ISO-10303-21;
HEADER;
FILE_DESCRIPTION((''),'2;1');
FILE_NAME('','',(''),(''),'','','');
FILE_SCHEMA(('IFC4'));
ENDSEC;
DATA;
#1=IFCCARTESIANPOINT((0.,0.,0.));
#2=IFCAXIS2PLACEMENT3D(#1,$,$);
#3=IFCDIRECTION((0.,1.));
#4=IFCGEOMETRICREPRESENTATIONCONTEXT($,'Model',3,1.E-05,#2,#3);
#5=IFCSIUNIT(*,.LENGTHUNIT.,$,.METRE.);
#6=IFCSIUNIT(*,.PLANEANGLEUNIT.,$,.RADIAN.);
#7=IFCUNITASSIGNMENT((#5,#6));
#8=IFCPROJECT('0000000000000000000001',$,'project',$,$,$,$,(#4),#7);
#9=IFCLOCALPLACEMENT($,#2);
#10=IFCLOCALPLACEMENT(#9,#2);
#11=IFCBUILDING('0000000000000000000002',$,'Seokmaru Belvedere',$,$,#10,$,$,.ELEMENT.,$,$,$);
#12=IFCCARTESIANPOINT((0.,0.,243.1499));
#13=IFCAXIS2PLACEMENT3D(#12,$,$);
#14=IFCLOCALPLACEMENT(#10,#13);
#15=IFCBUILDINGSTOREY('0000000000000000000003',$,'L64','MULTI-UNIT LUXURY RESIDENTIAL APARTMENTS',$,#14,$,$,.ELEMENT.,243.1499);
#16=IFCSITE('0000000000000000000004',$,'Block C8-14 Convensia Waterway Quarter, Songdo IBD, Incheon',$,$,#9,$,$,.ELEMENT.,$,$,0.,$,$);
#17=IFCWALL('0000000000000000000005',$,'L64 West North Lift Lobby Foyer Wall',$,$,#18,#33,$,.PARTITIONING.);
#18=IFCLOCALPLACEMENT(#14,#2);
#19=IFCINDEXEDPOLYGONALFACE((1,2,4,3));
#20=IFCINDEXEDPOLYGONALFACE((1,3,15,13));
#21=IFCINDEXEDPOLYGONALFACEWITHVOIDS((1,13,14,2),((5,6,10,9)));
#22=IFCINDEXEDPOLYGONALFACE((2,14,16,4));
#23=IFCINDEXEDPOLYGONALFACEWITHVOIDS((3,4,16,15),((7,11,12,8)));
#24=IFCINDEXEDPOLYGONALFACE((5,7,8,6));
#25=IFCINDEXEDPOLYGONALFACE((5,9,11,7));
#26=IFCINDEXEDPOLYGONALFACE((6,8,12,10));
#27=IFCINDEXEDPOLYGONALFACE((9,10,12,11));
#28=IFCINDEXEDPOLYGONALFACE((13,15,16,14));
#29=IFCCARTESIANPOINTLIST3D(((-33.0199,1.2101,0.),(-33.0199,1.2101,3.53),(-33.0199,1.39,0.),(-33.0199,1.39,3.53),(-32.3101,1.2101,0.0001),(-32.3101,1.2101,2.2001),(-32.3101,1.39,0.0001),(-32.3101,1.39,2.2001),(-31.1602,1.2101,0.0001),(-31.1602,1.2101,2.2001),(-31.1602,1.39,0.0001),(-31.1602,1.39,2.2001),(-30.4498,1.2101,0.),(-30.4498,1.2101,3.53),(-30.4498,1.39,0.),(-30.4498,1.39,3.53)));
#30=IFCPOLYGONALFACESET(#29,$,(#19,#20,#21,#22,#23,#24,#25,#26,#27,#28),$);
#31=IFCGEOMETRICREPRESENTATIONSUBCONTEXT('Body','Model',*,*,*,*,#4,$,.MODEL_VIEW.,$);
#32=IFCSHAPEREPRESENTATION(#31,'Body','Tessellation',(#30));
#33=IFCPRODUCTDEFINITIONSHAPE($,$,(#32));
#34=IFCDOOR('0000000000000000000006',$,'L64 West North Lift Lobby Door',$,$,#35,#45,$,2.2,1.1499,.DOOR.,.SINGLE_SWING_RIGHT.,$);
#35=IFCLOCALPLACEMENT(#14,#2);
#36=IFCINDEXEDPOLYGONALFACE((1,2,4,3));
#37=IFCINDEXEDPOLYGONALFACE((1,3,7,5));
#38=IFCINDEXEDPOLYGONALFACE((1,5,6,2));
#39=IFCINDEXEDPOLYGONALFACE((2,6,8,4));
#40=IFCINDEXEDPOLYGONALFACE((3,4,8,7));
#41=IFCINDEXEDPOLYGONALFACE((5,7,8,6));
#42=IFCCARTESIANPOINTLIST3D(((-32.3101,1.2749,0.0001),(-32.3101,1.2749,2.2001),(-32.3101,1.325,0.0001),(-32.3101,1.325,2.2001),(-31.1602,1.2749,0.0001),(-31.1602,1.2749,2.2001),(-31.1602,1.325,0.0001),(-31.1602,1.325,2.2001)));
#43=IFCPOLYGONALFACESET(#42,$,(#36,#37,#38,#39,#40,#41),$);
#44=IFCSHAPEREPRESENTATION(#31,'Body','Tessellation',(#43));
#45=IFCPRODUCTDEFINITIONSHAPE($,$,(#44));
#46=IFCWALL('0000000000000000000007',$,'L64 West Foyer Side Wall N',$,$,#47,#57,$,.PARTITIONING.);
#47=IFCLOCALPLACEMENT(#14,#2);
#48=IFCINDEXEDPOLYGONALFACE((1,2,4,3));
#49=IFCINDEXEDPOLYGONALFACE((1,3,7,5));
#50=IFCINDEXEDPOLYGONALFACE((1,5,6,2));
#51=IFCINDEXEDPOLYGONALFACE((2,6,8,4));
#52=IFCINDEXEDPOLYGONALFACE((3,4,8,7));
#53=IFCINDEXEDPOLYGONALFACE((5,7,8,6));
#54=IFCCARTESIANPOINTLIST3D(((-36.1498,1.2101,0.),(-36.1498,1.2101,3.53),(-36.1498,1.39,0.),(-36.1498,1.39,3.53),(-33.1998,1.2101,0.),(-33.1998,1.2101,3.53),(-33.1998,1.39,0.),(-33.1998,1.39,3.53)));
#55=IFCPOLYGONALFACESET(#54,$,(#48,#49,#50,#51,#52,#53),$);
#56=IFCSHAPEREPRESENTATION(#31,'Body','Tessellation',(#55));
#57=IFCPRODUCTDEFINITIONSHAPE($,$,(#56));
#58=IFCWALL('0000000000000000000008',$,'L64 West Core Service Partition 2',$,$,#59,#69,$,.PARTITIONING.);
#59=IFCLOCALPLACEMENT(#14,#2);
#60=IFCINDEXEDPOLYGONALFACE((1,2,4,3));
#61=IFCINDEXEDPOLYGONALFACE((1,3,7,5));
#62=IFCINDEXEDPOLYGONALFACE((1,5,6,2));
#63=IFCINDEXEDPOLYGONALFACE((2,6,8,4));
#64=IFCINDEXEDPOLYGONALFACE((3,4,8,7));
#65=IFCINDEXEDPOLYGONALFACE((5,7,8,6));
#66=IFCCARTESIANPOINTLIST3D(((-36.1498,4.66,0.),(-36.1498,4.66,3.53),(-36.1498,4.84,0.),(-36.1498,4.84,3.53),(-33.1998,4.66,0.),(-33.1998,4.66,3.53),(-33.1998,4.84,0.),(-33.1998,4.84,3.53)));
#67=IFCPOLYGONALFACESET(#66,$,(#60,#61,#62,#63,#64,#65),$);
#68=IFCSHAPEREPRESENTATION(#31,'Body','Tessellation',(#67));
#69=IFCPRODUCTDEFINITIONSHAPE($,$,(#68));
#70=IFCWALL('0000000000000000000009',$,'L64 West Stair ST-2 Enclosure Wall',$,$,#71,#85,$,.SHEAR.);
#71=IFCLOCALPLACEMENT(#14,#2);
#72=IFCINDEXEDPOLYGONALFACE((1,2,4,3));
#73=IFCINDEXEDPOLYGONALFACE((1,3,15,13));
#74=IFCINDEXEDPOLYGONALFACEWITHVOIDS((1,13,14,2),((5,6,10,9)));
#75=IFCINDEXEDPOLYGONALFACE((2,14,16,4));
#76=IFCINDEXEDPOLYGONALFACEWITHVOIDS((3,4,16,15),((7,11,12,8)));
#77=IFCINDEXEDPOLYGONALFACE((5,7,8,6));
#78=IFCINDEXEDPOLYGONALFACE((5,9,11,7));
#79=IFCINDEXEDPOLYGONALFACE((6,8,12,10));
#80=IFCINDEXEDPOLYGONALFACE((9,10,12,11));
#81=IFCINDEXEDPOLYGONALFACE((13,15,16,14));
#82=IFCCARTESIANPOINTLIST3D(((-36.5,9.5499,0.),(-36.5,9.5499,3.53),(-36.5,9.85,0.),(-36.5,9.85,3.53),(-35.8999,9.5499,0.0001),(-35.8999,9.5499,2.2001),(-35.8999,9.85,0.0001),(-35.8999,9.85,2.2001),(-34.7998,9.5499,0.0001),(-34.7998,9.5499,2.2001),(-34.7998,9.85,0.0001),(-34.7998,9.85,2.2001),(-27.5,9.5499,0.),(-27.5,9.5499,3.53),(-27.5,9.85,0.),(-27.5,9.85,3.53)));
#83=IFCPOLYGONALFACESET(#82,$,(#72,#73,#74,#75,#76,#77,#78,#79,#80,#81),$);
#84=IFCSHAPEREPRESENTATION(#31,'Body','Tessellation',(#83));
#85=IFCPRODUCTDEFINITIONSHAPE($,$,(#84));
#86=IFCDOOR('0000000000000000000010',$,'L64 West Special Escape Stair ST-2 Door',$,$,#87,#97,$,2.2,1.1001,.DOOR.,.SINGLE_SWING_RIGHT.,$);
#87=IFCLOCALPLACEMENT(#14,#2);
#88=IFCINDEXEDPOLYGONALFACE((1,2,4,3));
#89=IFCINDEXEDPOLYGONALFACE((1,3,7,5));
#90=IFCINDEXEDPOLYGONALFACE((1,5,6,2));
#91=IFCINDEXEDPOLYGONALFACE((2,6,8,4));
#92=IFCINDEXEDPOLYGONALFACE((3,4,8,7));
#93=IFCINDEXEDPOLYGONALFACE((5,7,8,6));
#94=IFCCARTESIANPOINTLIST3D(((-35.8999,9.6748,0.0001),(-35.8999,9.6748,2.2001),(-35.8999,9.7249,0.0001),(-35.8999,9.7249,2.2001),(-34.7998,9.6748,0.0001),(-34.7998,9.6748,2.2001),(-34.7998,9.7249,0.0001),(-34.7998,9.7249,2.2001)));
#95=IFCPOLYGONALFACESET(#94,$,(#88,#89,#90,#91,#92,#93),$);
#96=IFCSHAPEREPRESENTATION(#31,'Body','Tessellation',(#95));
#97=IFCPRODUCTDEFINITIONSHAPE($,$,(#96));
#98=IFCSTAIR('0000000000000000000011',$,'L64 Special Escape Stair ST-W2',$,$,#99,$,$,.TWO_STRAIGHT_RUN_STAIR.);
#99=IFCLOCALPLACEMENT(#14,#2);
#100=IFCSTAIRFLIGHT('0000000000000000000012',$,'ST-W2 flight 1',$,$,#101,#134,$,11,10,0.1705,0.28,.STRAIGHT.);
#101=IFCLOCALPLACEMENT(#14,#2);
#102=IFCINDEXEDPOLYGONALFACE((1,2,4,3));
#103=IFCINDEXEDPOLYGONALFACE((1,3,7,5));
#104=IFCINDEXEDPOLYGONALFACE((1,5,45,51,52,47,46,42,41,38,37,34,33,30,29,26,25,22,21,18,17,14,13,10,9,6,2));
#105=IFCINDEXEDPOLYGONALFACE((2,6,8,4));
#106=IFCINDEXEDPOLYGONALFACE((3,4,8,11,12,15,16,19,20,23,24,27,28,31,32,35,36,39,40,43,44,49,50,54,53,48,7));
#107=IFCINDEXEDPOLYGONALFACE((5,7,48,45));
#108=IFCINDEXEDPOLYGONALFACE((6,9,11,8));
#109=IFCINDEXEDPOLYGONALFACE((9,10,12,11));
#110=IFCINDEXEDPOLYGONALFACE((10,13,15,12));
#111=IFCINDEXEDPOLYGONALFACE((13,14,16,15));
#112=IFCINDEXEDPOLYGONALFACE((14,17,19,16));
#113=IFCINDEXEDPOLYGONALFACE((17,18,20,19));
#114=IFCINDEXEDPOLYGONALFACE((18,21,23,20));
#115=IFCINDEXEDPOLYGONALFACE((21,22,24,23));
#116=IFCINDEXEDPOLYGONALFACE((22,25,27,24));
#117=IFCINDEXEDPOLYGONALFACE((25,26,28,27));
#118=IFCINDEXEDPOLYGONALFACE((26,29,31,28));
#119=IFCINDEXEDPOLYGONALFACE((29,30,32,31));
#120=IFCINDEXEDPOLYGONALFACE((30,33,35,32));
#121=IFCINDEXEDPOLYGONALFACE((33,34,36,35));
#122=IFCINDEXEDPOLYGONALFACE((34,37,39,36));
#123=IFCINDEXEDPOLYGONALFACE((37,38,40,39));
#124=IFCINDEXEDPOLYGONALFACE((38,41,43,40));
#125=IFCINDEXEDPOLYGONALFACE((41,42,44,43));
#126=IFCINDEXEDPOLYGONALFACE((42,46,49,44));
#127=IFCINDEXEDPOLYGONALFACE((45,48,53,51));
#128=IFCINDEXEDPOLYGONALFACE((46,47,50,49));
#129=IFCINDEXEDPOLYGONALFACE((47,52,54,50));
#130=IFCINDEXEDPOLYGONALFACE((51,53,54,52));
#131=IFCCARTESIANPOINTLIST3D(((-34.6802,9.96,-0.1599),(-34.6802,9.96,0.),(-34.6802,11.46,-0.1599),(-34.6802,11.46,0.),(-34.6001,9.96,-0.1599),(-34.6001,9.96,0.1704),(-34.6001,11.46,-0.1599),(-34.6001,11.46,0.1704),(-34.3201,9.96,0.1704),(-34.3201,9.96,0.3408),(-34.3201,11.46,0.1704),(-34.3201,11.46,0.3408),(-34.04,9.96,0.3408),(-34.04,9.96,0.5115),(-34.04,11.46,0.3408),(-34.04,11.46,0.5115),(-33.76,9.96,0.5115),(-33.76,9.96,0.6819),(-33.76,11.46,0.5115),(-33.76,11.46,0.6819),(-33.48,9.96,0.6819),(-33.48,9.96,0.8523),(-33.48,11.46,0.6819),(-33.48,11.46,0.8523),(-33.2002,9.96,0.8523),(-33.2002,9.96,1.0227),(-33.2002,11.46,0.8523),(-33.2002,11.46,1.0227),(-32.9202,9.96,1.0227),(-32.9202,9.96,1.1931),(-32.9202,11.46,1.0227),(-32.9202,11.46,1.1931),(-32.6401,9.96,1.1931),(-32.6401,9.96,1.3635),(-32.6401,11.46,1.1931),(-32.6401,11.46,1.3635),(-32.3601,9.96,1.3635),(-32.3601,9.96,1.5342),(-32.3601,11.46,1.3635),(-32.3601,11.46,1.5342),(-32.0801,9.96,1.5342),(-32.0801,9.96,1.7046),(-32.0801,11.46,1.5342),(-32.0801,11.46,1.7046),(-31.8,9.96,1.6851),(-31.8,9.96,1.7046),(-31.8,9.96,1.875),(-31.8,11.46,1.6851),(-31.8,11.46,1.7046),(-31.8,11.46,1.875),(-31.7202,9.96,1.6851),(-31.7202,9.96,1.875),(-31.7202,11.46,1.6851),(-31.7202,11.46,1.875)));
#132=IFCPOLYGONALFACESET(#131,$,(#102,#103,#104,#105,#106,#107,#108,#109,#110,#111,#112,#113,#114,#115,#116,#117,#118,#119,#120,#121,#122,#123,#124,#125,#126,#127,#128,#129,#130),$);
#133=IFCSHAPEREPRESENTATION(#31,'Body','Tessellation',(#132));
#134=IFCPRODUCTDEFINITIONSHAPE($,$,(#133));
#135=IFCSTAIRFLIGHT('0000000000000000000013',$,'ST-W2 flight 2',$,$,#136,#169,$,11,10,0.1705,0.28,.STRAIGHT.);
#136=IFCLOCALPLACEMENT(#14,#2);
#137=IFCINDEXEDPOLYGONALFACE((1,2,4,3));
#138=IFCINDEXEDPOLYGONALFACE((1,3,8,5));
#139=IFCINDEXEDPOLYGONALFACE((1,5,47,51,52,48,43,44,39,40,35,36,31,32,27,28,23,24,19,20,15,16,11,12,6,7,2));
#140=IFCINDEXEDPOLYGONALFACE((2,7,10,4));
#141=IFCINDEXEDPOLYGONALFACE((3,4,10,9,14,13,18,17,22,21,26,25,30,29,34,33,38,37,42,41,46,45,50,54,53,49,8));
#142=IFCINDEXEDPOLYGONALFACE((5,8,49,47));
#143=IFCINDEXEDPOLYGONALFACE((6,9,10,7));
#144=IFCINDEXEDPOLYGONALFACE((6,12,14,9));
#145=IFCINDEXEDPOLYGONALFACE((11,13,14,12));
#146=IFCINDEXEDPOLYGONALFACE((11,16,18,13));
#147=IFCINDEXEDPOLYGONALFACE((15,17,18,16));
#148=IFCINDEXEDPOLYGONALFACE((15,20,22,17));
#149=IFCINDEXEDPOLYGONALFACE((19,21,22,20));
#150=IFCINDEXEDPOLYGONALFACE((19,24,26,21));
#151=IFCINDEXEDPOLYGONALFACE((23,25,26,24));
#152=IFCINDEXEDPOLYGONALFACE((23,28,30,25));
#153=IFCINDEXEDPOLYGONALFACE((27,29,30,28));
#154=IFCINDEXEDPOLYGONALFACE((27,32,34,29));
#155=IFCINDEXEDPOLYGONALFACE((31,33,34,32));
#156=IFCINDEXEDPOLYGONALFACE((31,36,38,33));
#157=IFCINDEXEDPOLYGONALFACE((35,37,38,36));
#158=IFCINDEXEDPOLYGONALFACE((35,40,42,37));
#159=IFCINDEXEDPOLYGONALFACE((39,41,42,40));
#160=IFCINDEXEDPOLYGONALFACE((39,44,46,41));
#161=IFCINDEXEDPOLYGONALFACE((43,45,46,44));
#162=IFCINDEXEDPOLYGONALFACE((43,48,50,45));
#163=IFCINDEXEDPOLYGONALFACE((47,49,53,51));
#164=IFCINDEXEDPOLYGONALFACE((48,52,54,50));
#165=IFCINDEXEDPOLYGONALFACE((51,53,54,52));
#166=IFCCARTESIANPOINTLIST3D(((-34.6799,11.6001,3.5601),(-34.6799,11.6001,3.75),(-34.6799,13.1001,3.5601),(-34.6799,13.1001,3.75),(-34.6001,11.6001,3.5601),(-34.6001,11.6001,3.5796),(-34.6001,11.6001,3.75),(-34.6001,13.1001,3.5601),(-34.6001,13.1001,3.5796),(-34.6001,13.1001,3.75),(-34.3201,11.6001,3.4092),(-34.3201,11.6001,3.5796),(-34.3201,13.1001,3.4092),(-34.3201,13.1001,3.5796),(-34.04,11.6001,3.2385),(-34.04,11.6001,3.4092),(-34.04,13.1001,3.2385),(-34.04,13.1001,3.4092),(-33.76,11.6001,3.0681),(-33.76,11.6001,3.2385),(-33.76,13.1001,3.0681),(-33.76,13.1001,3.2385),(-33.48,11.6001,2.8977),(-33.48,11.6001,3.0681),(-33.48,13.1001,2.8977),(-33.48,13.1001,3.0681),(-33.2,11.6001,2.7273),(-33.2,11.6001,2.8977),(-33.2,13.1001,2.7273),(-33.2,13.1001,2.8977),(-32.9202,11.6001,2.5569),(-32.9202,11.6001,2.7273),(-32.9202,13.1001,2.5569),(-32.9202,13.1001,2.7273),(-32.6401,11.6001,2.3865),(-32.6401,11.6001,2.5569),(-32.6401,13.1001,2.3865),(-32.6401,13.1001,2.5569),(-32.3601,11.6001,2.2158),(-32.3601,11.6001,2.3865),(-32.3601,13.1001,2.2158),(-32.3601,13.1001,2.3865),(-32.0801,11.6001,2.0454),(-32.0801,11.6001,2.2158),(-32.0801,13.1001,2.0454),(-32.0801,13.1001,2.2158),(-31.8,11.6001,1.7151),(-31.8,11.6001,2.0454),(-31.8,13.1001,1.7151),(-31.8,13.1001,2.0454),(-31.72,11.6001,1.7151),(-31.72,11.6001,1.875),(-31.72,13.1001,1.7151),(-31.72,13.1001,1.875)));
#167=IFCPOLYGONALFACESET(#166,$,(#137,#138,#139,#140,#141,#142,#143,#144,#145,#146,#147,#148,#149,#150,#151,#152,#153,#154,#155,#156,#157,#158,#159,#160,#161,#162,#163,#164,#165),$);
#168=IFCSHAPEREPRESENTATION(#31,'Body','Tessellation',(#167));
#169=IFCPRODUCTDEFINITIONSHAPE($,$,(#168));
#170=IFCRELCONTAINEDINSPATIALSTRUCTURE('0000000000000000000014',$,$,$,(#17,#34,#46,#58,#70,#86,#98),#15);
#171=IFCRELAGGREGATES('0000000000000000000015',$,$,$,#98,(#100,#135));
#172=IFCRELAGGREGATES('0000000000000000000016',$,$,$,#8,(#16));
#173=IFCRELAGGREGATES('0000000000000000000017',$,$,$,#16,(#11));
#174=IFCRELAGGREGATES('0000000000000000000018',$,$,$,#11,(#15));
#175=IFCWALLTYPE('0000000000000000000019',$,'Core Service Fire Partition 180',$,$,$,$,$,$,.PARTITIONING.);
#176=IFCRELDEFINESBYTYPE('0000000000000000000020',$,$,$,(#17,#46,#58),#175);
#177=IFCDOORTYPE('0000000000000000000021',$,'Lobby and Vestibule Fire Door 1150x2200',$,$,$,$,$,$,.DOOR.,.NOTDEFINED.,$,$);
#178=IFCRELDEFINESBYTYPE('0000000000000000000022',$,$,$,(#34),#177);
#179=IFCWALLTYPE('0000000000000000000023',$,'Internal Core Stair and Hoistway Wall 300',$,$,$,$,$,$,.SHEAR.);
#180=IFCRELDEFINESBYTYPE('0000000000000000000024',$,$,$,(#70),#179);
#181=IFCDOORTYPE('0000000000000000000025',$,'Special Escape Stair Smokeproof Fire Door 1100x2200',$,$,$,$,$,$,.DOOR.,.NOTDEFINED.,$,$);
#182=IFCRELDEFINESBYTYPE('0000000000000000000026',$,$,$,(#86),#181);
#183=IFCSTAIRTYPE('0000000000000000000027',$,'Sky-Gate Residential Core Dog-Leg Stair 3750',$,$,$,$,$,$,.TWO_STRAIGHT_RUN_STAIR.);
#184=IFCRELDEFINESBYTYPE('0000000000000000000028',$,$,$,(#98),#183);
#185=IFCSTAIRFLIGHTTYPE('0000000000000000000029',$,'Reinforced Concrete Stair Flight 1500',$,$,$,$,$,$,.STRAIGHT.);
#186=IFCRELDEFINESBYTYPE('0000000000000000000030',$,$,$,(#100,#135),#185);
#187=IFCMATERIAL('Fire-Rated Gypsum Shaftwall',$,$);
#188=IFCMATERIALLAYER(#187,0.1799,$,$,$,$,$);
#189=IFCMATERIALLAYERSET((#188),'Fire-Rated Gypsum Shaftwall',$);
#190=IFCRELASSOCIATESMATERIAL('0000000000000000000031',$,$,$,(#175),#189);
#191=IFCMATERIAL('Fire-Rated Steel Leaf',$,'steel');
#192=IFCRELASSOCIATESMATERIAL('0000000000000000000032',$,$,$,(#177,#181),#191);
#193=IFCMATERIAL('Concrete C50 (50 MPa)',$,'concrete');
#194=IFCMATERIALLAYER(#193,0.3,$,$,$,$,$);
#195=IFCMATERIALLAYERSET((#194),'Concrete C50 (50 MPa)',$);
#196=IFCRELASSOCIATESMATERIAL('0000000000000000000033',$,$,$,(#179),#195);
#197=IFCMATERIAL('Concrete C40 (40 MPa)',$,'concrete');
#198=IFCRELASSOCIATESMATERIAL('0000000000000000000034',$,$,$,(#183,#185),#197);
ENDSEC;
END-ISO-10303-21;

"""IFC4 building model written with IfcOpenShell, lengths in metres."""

from ifc_helpers import new_model, si_unit, direction, frame, frame_2d, origin, place, context, subcontext, project, spatial, polyline, rectangle, outline, extrude, source, transform, mapped, material, layer, layer_set, type_object, type_shapes, element, fill, aggregate, save


model = new_model("IFC4")

# Units and contexts
model_context = context("Model", 3, precision=1e-05, world=origin(), true_north=direction((0.0, 1.0)))
body_context = subcontext(model_context, "Body", "Model", "MODEL_VIEW")
ifc_project = project(units=[si_unit("LENGTHUNIT", "METRE"), si_unit("PLANEANGLEUNIT", "RADIAN")], contexts=[model_context])

# Site, building, storey
site_placement = place(None, origin())
site = spatial("IfcSite", under=ifc_project, at=site_placement, Name="Block C8-14 Convensia Waterway Quarter, Songdo IBD, Incheon", CompositionType="ELEMENT", RefElevation=0.0)
building_placement = place(site_placement, origin())
building = spatial("IfcBuilding", under=site, at=building_placement, Name="Seokmaru Belvedere", CompositionType="ELEMENT")
storey_placement = place(building_placement, frame((0.0, 0.0, 243.1499)))
storey = spatial("IfcBuildingStorey", under=building, at=storey_placement, Name="L64", Description="MULTI-UNIT LUXURY RESIDENTIAL APARTMENTS", CompositionType="ELEMENT", Elevation=243.1499)

# Shared definitions
ifc_material_1 = material(Name="Fire-Rated Gypsum Shaftwall")

# Shared definitions
ifc_layer_1 = layer(ifc_material_1, 0.1799)
ifc_layer_set_1 = layer_set([ifc_layer_1], Name="Fire-Rated Gypsum Shaftwall")
wall_type_1 = type_object("IfcWallType", Name="Core Service Fire Partition 180", PredefinedType="PARTITIONING", material=ifc_layer_set_1)

# Wall, opening, door
wall_1_placement = place(storey_placement, frame((-33.02, 1.3, 0.0), z_axis=(0.0, 0.0, 1.0), x_axis=(1.0, 0.0, 0.0)))
wall_1 = element("IfcWall", 1, at=wall_1_placement, inside=storey, type_object=wall_type_1, Name="L64 West North Lift Lobby Foyer Wall", PredefinedType="PARTITIONING", context=body_context, shape_type="SweptSolid", body=[
    extrude(rectangle(XDim=2.5701, YDim=0.1799, at=frame_2d((1.2852, 0.0))), origin(), (0.0, 0.0, 1.0), 3.53),
])
opening_1_placement = place(wall_1_placement, frame((0.71, 0.0, 0.0)))
opening_1 = element("IfcOpeningElement", 2, at=opening_1_placement, cuts=wall_1, PredefinedType="OPENING", context=body_context, shape_type="SweptSolid", body=[
    extrude(rectangle(XDim=1.1499, YDim=2.2, at=frame_2d((0.575, 1.1001))), frame((0.0, 0.1001, 0.0), z_axis=(0.0, -1.0, 0.0), x_axis=(1.0, 0.0, 0.0)), (0.0, 0.0, 1.0), 0.2),
])
ifc_material_2 = material(Name="Fire-Rated Steel Leaf", Category="steel")
door_type_1 = type_object("IfcDoorType", Name="Lobby and Vestibule Fire Door 1150x2200", OperationType="NOTDEFINED", PredefinedType="DOOR", material=ifc_material_2)
shared_shape_1 = source(origin(), body_context, "Body", "SweptSolid", [
    extrude(rectangle(XDim=1.1499, YDim=2.2, at=frame_2d((0.575, 1.1001))), frame((0.0, 0.0249, 0.0), z_axis=(0.0, -1.0, 0.0), x_axis=(1.0, 0.0, 0.0)), (0.0, 0.0, 1.0), 0.05),
])
type_shapes(door_type_1, [shared_shape_1])
door_1_placement = place(opening_1_placement, origin())
door_1 = element("IfcDoor", 3, at=door_1_placement, inside=storey, type_object=door_type_1, Name="L64 West North Lift Lobby Door", OperationType="SINGLE_SWING_RIGHT", OverallHeight=2.2, OverallWidth=1.1499, PredefinedType="DOOR", context=body_context, shape_type="MappedRepresentation", body=[
    mapped(shared_shape_1, transform((0.0, 0.0, 0.0), scale=1.0)),
])
fill(opening_1, door_1)

# Walls
for number, where, z_axis, x_axis, name in (
    (4, (-36.1499, 1.3, 0.0), (0.0, 0.0, 1.0), (1.0, 0.0, 0.0), "L64 West Foyer Side Wall N"),
    (5, (-36.1499, 4.75, 0.0), (0.0, 0.0, 1.0), (1.0, 0.0, 0.0), "L64 West Core Service Partition 2"),
):
    element("IfcWall", number, at=place(storey_placement, frame(where, z_axis=z_axis, x_axis=x_axis)), inside=storey, type_object=wall_type_1, Name=name, PredefinedType="PARTITIONING", context=body_context, shape_type="SweptSolid", body=[
        extrude(rectangle(XDim=2.95, YDim=0.1799, at=frame_2d((1.4751, 0.0))), origin(), (0.0, 0.0, 1.0), 3.53),
    ])

# Wall, opening, door
ifc_material_3 = material(Name="Concrete C50 (50 MPa)", Category="concrete")
ifc_layer_2 = layer(ifc_material_3, 0.3)
ifc_layer_set_2 = layer_set([ifc_layer_2], Name="Concrete C50 (50 MPa)")
wall_type_2 = type_object("IfcWallType", Name="Internal Core Stair and Hoistway Wall 300", PredefinedType="SHEAR", material=ifc_layer_set_2)
wall_2_placement = place(storey_placement, frame((-36.5, 9.7, 0.0), z_axis=(0.0, 0.0, 1.0), x_axis=(1.0, 0.0, 0.0)))
wall_2 = element("IfcWall", 6, at=wall_2_placement, inside=storey, type_object=wall_type_2, Name="L64 West Stair ST-2 Enclosure Wall", PredefinedType="SHEAR", context=body_context, shape_type="SweptSolid", body=[
    extrude(rectangle(XDim=9.0, YDim=0.3, at=frame_2d((4.5, 0.0))), origin(), (0.0, 0.0, 1.0), 3.53),
])
opening_2_placement = place(wall_2_placement, frame((0.6001, 0.0, 0.0)))
opening_2 = element("IfcOpeningElement", 7, at=opening_2_placement, cuts=wall_2, PredefinedType="OPENING", context=body_context, shape_type="SweptSolid", body=[
    extrude(rectangle(XDim=1.1001, YDim=2.2, at=frame_2d((0.55, 1.1001))), frame((0.0, 0.1602, 0.0), z_axis=(0.0, -1.0, 0.0), x_axis=(1.0, 0.0, 0.0)), (0.0, 0.0, 1.0), 0.3201),
])
door_type_2 = type_object("IfcDoorType", Name="Special Escape Stair Smokeproof Fire Door 1100x2200", OperationType="NOTDEFINED", PredefinedType="DOOR", material=ifc_material_2)
shared_shape_2 = source(origin(), body_context, "Body", "SweptSolid", [
    extrude(rectangle(XDim=1.1001, YDim=2.2, at=frame_2d((0.55, 1.1001))), frame((0.0, 0.0249, 0.0), z_axis=(0.0, -1.0, 0.0), x_axis=(1.0, 0.0, 0.0)), (0.0, 0.0, 1.0), 0.05),
])
type_shapes(door_type_2, [shared_shape_2])
door_2_placement = place(opening_2_placement, origin())
door_2 = element("IfcDoor", 8, at=door_2_placement, inside=storey, type_object=door_type_2, Name="L64 West Special Escape Stair ST-2 Door", OperationType="SINGLE_SWING_RIGHT", OverallHeight=2.2, OverallWidth=1.1001, PredefinedType="DOOR", context=body_context, shape_type="MappedRepresentation", body=[
    mapped(shared_shape_2, transform((0.0, 0.0, 0.0), scale=1.0)),
])
fill(opening_2, door_2)

# Stair, stair flights
ifc_material_4 = material(Name="Concrete C40 (40 MPa)", Category="concrete")
stair_type = type_object("IfcStairType", Name="Sky-Gate Residential Core Dog-Leg Stair 3750", PredefinedType="TWO_STRAIGHT_RUN_STAIR", material=ifc_material_4)
stair_placement = place(storey_placement, origin())
stair = element("IfcStair", 9, at=stair_placement, inside=storey, type_object=stair_type, Name="L64 Special Escape Stair ST-W2", PredefinedType="TWO_STRAIGHT_RUN_STAIR")
stair_flight_type = type_object("IfcStairFlightType", Name="Reinforced Concrete Stair Flight 1500", PredefinedType="STRAIGHT", material=ifc_material_4)
stair_flight_1_placement = place(storey_placement, frame((-34.6001, 10.71, 0.0), z_axis=(0.0, 0.0, 1.0), x_axis=(1.0, 0.0, 0.0)))
stair_flight_1 = element("IfcStairFlight", 10, at=stair_flight_1_placement, type_object=stair_flight_type, Name="ST-W2 flight 1", NumberOfRisers=11, NumberOfTreads=10, PredefinedType="STRAIGHT", RiserHeight=0.1705, TreadLength=0.28, context=body_context, shape_type="SweptSolid", body=[
    extrude(outline(polyline([(-0.0801, 0.0), (0.0, 0.1704), (0.28, 0.1704), (0.28, 0.3408), (0.5601, 0.3408), (0.5601, 0.5115), (0.8401, 0.5115), (0.8401, 0.6819), (1.1201, 0.6819), (1.1201, 0.8523), (1.3999, 0.8523), (1.3999, 1.0227), (1.6799, 1.0227), (1.6799, 1.1931), (1.96, 1.1931), (1.96, 1.3635), (2.24, 1.3635), (2.24, 1.5342), (2.52, 1.5342), (2.52, 1.7046), (2.8, 1.7046), (2.8, 1.875), (2.8799, 1.875), (2.8799, 1.6851), (2.8, 1.6851), (0.0, -0.1599), (-0.0801, -0.1599), (-0.0801, 0.0)])), frame((0.0, 0.75, 0.0), z_axis=(0.0, -1.0, 0.0), x_axis=(1.0, 0.0, 0.0)), (0.0, 0.0, 1.0), 1.5),
])
stair_flight_2_placement = place(storey_placement, frame((-31.8, 12.3501, 1.875), z_axis=(0.0, 0.0, 1.0), x_axis=(-1.0, 0.0, 0.0)))
stair_flight_2 = element("IfcStairFlight", 11, at=stair_flight_2_placement, type_object=stair_flight_type, Name="ST-W2 flight 2", NumberOfRisers=11, NumberOfTreads=10, PredefinedType="STRAIGHT", RiserHeight=0.1705, TreadLength=0.28, context=body_context, shape_type="SweptSolid", body=[
    extrude(outline(polyline([(-0.0801, 0.0), (0.0, 0.1704), (0.28, 0.1704), (0.28, 0.3408), (0.5601, 0.3408), (0.5601, 0.5115), (0.8401, 0.5115), (0.8401, 0.6819), (1.1201, 0.6819), (1.1201, 0.8523), (1.3999, 0.8523), (1.3999, 1.0227), (1.6799, 1.0227), (1.6799, 1.1931), (1.96, 1.1931), (1.96, 1.3635), (2.24, 1.3635), (2.24, 1.5342), (2.52, 1.5342), (2.52, 1.7046), (2.8, 1.7046), (2.8, 1.875), (2.8799, 1.875), (2.8799, 1.6851), (2.8, 1.6851), (0.0, -0.1599), (-0.0801, -0.1599), (-0.0801, 0.0)])), frame((0.0, 0.75, 0.0), z_axis=(0.0, -1.0, 0.0), x_axis=(1.0, 0.0, 0.0)), (0.0, 0.0, 1.0), 1.5),
])
aggregate(stair, [stair_flight_1, stair_flight_2])

save(model, "model.ifc")
